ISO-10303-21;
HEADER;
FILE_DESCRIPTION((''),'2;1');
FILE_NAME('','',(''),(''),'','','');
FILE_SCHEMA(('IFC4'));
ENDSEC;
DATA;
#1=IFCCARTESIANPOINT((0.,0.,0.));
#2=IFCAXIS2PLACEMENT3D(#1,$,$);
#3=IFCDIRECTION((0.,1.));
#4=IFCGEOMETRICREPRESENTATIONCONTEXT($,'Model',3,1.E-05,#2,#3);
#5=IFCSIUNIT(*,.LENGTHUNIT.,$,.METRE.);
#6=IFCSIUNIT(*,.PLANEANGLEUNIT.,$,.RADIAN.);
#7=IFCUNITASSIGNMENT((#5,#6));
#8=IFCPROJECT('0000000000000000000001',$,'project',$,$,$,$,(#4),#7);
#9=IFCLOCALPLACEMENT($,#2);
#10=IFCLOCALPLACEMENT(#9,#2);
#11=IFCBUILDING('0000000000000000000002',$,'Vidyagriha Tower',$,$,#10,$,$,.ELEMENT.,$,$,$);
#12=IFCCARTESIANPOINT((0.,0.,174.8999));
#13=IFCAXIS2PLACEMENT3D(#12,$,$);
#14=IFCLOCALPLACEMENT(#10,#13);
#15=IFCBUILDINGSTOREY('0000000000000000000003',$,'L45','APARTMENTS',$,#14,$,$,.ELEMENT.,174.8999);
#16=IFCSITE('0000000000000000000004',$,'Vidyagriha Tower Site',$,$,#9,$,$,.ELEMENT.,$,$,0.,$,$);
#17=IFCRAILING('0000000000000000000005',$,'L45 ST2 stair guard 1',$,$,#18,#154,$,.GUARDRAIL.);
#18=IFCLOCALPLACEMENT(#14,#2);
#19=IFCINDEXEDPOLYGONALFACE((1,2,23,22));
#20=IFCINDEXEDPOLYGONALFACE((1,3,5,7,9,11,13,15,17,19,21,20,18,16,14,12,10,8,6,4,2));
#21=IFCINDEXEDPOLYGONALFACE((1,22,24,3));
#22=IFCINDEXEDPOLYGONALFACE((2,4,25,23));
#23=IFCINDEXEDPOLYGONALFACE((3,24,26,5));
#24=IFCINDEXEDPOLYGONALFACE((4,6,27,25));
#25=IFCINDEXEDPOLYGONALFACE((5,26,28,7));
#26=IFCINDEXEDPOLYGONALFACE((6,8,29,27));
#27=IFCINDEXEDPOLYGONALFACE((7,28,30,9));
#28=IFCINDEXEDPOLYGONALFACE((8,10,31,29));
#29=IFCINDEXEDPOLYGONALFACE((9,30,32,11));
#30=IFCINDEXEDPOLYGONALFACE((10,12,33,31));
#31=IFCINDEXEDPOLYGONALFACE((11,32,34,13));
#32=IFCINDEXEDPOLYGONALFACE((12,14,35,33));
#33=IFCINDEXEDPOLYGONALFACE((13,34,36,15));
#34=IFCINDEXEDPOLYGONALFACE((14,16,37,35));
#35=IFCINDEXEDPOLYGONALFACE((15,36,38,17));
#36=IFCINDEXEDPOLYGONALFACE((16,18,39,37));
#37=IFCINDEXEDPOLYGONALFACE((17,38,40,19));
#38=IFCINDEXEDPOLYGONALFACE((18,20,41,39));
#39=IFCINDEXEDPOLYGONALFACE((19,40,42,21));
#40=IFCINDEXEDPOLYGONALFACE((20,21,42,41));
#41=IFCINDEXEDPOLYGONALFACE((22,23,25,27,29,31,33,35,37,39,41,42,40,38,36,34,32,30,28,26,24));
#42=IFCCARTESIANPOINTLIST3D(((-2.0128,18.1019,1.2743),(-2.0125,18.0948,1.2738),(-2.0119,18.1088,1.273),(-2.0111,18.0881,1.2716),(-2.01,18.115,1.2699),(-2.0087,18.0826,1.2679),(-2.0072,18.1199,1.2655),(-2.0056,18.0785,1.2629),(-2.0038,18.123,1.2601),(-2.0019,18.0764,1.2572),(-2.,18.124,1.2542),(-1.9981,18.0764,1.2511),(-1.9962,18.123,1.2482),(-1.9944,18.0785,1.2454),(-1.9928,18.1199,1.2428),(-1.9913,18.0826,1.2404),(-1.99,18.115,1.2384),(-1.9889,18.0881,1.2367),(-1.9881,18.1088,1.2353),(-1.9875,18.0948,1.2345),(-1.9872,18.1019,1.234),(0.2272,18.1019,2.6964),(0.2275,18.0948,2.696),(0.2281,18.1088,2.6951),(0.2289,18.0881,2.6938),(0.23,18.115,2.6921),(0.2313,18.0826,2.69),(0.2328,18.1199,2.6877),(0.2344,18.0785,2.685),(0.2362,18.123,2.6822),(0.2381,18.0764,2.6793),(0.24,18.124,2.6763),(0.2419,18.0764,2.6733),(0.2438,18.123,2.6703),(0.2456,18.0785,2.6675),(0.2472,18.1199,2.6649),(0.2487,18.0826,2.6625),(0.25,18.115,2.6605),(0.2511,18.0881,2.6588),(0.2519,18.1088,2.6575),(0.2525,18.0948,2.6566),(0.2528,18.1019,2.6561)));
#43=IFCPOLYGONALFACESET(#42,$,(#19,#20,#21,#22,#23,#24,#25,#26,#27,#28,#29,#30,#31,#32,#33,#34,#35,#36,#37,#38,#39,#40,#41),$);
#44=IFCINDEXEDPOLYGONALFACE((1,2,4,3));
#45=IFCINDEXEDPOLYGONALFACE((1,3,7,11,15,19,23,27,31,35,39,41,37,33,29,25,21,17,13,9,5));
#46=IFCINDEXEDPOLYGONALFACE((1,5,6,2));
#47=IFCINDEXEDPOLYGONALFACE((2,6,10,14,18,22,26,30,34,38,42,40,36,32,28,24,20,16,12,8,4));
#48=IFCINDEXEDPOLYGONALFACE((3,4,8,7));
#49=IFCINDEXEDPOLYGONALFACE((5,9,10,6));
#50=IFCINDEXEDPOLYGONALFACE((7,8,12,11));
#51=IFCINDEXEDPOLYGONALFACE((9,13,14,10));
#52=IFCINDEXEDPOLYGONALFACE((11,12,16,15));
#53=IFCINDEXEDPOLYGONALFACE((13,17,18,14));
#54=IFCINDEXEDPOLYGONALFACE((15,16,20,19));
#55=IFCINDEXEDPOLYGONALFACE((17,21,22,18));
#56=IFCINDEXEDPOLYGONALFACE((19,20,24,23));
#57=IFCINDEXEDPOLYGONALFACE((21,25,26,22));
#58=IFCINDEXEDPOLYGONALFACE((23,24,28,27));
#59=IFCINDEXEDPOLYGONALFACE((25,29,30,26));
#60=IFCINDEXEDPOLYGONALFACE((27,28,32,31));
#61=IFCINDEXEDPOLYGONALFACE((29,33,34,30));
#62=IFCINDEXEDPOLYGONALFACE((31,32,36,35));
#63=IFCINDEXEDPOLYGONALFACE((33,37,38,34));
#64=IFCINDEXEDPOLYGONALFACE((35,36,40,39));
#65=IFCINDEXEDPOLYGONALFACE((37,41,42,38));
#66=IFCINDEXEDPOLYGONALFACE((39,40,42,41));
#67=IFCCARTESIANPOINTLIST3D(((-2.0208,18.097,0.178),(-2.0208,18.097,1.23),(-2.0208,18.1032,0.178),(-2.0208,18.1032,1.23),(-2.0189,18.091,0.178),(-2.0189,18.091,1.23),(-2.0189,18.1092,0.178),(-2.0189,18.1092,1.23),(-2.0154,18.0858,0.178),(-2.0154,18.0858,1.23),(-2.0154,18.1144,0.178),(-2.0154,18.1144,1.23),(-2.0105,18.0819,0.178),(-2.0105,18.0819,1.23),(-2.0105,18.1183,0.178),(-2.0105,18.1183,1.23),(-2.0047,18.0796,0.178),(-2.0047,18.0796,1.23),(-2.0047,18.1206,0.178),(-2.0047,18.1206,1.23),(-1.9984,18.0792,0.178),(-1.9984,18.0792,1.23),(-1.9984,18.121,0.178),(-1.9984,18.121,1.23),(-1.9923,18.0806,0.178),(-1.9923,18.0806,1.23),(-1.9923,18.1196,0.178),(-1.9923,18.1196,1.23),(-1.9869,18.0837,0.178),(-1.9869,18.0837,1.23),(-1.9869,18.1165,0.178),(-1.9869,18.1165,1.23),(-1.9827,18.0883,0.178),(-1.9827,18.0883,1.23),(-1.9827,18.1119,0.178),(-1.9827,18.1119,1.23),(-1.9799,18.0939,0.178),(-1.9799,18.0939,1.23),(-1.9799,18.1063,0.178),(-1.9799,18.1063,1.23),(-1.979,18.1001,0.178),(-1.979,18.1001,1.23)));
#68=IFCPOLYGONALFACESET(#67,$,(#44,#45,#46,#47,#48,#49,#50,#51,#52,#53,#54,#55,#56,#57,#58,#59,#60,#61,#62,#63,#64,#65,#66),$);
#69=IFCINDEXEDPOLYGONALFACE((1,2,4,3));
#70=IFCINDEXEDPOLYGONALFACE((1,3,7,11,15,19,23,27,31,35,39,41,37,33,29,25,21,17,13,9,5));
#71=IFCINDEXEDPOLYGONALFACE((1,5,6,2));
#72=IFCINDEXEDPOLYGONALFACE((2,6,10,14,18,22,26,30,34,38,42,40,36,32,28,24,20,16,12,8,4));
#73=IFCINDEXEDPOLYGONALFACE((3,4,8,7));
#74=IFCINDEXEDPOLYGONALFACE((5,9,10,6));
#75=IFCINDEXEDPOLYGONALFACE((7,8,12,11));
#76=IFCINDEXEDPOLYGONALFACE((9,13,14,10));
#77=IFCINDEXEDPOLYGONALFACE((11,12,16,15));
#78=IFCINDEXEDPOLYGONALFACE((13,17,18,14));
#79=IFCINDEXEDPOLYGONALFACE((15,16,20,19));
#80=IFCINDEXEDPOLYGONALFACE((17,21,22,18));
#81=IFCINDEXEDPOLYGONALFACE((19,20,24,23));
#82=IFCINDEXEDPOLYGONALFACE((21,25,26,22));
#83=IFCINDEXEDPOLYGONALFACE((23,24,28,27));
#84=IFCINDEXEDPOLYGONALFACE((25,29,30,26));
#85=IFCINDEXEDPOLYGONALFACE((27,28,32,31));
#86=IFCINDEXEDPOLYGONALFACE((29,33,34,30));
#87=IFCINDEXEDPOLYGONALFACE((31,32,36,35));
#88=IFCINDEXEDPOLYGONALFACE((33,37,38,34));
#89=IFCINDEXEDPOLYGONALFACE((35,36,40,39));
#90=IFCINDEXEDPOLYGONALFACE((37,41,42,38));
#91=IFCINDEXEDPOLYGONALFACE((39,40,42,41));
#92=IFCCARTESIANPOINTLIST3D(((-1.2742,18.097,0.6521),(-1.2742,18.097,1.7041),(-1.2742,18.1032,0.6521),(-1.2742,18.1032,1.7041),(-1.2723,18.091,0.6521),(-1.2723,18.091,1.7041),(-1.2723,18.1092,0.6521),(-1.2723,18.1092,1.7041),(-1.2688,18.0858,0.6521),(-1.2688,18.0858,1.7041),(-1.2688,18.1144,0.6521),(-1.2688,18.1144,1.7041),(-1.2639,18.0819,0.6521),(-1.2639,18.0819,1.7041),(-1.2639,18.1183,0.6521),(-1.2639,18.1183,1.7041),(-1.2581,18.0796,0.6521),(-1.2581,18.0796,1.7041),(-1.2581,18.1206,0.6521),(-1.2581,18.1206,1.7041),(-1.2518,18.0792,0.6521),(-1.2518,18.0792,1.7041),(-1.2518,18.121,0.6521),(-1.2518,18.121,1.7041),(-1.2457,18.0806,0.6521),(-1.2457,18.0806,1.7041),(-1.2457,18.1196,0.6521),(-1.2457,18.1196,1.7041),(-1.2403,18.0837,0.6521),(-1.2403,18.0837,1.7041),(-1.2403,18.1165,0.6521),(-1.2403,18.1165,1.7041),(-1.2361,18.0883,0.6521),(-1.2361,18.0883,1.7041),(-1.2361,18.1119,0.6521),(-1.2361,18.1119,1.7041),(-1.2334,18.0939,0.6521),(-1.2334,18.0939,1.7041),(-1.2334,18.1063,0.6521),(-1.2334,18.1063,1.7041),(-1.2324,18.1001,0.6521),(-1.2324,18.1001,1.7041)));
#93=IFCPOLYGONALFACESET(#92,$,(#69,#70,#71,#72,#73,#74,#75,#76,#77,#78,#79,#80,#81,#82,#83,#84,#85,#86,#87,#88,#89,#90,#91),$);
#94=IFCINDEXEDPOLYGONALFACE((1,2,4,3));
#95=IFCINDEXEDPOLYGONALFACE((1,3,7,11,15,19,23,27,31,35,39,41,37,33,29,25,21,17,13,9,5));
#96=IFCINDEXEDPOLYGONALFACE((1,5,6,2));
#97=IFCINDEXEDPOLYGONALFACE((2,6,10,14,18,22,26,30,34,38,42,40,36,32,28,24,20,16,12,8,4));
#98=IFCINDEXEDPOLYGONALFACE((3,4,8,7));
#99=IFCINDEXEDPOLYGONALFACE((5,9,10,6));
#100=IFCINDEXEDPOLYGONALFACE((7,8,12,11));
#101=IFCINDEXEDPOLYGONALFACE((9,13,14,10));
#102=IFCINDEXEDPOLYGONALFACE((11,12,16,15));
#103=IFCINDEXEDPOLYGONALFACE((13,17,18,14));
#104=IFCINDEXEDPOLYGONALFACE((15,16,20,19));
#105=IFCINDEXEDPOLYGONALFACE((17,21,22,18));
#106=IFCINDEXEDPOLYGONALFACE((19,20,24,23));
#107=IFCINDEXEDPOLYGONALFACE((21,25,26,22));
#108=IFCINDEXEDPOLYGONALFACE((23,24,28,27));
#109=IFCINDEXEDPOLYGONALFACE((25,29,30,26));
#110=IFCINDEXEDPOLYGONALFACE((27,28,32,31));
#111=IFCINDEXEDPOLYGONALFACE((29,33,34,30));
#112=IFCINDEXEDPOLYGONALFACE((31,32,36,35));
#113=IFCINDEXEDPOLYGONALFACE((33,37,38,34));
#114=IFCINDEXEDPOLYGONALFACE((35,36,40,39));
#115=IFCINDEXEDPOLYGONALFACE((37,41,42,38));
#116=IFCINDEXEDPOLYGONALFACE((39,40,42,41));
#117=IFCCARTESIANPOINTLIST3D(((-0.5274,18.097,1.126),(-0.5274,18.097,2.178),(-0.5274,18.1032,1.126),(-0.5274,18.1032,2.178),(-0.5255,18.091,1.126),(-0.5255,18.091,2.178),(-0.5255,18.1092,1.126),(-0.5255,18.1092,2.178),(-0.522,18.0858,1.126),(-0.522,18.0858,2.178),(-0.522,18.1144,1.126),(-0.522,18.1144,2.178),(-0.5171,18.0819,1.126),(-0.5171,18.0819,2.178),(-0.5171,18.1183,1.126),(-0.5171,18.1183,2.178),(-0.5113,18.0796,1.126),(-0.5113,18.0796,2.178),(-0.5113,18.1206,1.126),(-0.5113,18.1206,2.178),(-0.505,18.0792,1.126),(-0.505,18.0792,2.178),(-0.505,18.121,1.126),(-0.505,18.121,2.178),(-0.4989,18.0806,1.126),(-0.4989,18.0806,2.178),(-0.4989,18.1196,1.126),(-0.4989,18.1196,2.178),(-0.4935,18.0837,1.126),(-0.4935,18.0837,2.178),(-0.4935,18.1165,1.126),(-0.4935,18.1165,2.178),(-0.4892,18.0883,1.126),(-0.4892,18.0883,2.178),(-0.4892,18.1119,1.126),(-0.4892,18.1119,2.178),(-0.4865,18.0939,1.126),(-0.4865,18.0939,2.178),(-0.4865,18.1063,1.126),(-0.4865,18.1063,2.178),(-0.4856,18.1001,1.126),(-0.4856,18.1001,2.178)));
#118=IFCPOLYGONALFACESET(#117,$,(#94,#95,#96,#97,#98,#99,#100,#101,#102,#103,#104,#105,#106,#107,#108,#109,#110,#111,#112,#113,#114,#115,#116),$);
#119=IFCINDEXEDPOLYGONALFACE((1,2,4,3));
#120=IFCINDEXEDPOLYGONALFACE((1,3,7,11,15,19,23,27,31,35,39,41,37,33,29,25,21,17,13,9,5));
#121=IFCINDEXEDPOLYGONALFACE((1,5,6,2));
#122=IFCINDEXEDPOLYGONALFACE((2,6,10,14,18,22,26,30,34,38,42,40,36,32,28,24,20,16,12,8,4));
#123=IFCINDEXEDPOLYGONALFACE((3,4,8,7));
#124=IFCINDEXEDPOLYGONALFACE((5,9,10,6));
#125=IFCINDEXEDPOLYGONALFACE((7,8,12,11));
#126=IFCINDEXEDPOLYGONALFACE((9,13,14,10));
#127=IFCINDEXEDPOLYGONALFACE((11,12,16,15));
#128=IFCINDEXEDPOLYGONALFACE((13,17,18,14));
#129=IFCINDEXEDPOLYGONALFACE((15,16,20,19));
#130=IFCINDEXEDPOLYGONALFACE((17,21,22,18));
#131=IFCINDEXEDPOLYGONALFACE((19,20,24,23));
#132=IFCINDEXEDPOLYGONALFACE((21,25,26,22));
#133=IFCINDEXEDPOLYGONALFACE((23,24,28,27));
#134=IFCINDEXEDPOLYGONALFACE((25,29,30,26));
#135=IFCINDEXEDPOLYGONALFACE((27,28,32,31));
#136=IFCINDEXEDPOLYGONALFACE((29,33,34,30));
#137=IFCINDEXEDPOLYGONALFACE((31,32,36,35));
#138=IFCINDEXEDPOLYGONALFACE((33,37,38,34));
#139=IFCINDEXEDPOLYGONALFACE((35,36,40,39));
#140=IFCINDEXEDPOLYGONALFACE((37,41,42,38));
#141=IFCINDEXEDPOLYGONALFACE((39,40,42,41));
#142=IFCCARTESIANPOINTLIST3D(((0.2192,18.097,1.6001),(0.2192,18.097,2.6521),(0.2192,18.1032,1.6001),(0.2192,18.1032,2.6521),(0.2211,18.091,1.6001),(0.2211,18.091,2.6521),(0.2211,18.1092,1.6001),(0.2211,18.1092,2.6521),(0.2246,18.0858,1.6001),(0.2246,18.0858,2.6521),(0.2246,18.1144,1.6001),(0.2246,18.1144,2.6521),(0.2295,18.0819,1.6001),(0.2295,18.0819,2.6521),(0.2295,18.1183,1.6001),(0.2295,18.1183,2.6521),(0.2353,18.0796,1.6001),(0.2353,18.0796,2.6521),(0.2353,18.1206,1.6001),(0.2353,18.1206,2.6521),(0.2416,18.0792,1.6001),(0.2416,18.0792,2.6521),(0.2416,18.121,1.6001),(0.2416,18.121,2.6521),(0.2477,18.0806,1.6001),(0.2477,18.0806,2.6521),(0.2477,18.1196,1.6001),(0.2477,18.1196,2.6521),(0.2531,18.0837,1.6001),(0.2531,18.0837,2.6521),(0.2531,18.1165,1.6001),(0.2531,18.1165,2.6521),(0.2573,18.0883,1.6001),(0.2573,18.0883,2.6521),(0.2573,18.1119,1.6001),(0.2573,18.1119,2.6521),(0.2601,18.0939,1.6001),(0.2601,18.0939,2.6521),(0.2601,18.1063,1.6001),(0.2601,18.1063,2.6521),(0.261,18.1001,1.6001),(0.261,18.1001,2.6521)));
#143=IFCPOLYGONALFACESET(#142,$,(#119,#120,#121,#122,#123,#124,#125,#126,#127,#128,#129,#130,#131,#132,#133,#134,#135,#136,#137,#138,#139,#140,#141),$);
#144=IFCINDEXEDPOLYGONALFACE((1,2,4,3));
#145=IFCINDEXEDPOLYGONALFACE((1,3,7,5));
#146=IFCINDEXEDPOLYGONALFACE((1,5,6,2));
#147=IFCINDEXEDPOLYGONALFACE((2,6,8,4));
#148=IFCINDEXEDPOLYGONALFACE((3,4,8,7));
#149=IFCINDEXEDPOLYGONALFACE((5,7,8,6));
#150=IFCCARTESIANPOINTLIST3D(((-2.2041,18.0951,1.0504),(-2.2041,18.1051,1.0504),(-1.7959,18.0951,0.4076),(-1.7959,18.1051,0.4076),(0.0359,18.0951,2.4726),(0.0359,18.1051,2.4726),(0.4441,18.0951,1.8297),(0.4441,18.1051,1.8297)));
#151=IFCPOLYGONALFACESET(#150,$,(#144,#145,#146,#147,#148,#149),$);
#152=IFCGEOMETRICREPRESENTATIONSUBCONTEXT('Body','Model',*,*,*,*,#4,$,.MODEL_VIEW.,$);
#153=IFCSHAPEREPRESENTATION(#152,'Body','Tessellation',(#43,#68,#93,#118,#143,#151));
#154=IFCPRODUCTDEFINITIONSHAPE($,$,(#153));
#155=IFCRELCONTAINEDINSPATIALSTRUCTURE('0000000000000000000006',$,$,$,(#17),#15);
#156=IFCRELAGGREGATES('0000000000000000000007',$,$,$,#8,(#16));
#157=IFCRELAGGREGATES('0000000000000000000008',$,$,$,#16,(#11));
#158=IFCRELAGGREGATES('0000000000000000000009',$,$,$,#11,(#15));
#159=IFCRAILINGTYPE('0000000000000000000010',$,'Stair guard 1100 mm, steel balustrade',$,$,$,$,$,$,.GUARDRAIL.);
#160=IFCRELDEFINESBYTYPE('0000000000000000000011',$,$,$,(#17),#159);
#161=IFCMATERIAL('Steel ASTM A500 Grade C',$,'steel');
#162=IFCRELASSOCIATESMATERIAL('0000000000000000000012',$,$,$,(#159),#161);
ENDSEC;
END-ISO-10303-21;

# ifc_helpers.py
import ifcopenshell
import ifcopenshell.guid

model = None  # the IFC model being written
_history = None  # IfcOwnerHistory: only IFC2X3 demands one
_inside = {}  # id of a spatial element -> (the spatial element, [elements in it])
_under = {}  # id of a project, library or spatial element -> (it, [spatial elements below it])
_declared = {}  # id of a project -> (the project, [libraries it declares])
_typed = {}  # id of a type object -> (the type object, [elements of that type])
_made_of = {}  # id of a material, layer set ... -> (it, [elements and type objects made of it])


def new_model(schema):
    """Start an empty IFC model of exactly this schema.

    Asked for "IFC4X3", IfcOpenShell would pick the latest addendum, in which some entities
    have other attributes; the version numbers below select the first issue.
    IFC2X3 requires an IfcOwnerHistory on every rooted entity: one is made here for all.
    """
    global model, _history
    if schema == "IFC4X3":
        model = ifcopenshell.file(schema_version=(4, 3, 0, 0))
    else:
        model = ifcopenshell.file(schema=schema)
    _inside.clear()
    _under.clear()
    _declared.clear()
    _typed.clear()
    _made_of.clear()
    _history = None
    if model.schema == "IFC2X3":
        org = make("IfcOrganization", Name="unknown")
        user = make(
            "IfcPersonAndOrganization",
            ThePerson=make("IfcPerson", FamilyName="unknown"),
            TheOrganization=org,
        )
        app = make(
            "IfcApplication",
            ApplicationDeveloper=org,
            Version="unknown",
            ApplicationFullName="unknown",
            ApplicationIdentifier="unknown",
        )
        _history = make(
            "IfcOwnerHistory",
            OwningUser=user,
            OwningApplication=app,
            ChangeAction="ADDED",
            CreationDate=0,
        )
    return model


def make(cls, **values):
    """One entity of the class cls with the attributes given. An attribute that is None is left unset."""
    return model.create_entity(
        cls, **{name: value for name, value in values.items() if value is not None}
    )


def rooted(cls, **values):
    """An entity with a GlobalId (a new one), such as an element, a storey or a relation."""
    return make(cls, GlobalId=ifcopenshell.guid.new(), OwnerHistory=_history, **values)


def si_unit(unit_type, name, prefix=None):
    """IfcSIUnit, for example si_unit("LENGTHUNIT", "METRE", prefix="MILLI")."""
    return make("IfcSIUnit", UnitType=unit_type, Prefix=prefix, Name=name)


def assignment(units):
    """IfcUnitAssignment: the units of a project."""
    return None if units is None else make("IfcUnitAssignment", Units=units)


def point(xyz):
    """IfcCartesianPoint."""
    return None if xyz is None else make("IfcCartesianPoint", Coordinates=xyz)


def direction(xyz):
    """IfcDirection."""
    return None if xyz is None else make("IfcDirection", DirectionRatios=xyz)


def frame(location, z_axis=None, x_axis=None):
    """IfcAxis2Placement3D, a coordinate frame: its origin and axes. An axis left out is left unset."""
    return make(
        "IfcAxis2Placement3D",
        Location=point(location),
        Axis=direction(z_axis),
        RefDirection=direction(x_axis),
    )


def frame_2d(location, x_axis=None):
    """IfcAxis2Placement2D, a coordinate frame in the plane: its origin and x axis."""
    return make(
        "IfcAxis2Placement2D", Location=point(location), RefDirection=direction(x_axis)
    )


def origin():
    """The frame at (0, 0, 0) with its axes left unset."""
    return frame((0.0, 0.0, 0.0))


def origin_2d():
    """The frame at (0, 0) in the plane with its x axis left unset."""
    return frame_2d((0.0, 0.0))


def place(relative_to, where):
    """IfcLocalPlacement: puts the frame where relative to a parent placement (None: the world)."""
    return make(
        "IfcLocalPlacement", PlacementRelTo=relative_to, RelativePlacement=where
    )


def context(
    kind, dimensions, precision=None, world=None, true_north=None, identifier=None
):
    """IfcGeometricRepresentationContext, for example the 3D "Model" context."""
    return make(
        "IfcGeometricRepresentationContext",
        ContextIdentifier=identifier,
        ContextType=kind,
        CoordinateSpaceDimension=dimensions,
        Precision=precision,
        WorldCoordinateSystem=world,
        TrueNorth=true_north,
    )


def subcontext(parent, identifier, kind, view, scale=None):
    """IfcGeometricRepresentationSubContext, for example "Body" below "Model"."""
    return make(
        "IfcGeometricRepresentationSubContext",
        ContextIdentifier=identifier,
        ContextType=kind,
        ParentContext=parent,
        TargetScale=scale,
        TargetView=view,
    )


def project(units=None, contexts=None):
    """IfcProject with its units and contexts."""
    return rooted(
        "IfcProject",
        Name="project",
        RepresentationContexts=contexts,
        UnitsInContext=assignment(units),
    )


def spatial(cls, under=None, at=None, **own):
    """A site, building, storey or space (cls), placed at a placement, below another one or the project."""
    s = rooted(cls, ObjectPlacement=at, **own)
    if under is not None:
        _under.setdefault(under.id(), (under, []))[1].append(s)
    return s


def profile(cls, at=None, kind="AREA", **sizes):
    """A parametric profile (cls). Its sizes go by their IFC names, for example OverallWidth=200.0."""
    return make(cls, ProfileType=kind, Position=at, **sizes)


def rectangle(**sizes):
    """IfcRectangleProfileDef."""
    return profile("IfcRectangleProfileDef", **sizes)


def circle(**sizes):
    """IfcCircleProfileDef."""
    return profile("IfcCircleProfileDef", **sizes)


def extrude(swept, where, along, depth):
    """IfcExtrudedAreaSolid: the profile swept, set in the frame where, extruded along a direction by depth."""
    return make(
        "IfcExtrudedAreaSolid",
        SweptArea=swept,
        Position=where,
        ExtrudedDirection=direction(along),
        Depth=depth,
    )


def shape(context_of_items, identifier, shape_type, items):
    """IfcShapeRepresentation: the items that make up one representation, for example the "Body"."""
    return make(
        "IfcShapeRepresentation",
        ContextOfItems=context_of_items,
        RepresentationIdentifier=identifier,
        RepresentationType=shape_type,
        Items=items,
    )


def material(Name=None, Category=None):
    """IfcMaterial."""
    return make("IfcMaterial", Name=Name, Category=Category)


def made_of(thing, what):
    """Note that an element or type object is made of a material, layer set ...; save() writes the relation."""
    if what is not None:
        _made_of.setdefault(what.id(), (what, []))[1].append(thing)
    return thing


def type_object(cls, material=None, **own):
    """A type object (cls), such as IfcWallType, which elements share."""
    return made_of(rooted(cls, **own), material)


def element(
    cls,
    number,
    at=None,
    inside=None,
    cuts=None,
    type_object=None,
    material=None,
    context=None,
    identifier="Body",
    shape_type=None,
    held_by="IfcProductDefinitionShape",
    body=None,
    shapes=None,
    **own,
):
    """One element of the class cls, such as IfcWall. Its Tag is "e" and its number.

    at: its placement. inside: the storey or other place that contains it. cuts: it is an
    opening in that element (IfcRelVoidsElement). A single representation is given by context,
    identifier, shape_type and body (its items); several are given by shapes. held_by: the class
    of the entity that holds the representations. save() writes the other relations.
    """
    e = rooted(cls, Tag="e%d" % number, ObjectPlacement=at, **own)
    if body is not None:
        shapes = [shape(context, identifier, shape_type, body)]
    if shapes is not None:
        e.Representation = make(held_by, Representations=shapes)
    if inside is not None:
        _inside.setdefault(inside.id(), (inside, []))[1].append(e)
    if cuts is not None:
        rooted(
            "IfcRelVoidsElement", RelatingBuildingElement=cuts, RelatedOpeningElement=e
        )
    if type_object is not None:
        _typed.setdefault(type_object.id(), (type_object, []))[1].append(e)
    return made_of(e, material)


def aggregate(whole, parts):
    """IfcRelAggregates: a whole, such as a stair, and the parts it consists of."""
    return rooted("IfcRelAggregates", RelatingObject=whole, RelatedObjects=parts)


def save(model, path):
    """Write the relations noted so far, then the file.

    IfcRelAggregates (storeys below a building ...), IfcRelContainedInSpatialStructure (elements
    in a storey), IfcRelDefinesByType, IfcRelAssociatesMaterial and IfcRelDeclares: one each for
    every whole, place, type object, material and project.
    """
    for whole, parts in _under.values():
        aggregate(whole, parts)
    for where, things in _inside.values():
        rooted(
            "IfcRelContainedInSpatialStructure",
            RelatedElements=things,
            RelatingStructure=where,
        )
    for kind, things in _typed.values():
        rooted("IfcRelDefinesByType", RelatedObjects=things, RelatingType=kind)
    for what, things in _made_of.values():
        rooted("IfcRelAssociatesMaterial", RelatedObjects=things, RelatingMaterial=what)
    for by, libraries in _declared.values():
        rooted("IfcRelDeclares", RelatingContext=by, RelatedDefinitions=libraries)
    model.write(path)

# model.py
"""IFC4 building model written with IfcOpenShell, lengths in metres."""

from ifc_helpers import new_model, si_unit, direction, frame, origin, origin_2d, place, context, subcontext, project, spatial, rectangle, circle, extrude, material, type_object, element, save


model = new_model("IFC4")

# Units and contexts
model_context = context("Model", 3, precision=1e-05, world=origin(), true_north=direction((0.0, 1.0)))
body_context = subcontext(model_context, "Body", "Model", "MODEL_VIEW")
ifc_project = project(units=[si_unit("LENGTHUNIT", "METRE"), si_unit("PLANEANGLEUNIT", "RADIAN")], contexts=[model_context])

# Site, building, storey
site_placement = place(None, origin())
site = spatial("IfcSite", under=ifc_project, at=site_placement, Name="Vidyagriha Tower Site", CompositionType="ELEMENT", RefElevation=0.0)
building_placement = place(site_placement, origin())
building = spatial("IfcBuilding", under=site, at=building_placement, Name="Vidyagriha Tower", CompositionType="ELEMENT")
storey_placement = place(building_placement, frame((0.0, 0.0, 174.8999)))
storey = spatial("IfcBuildingStorey", under=building, at=storey_placement, Name="L45", Description="APARTMENTS", CompositionType="ELEMENT", Elevation=174.8999)

# Railing
ifc_material_1 = material(Name="Steel ASTM A500 Grade C", Category="steel")
railing_type_1 = type_object("IfcRailingType", Name="Stair guard 1100 mm, steel balustrade", PredefinedType="GUARDRAIL", material=ifc_material_1)
railing_1_placement = place(storey_placement, frame((-2.0, 18.1001, 0.178)))
element("IfcRailing", 1, at=railing_1_placement, inside=storey, type_object=railing_type_1, Name="L45 ST2 stair guard 1", PredefinedType="GUARDRAIL", context=body_context, shape_type="SweptSolid", body=[
    extrude(circle(Radius=0.0239, at=origin_2d()), frame((0.0, 0.0, 1.0762), z_axis=(0.844229, 0.0, 0.535982), x_axis=(0.0, 1.0, 0.0)), (0.0, 0.0, 1.0), 2.6533),
    extrude(circle(Radius=0.021, at=origin_2d()), origin(), (0.0, 0.0, 1.0), 1.052),
    extrude(circle(Radius=0.021, at=origin_2d()), frame((0.7466, 0.0, 0.4741)), (0.0, 0.0, 1.0), 1.052),
    extrude(circle(Radius=0.021, at=origin_2d()), frame((1.4934, 0.0, 0.948)), (0.0, 0.0, 1.0), 1.052),
    extrude(circle(Radius=0.021, at=origin_2d()), frame((2.24, 0.0, 1.4221)), (0.0, 0.0, 1.0), 1.052),
    extrude(rectangle(XDim=0.01, YDim=0.7615, at=origin_2d()), frame((0.0, 0.0, 0.551), z_axis=(0.844229, 0.0, 0.535982), x_axis=(0.0, 1.0, 0.0)), (0.0, 0.0, 1.0), 2.6533),
])

save(model, "model.ifc")
